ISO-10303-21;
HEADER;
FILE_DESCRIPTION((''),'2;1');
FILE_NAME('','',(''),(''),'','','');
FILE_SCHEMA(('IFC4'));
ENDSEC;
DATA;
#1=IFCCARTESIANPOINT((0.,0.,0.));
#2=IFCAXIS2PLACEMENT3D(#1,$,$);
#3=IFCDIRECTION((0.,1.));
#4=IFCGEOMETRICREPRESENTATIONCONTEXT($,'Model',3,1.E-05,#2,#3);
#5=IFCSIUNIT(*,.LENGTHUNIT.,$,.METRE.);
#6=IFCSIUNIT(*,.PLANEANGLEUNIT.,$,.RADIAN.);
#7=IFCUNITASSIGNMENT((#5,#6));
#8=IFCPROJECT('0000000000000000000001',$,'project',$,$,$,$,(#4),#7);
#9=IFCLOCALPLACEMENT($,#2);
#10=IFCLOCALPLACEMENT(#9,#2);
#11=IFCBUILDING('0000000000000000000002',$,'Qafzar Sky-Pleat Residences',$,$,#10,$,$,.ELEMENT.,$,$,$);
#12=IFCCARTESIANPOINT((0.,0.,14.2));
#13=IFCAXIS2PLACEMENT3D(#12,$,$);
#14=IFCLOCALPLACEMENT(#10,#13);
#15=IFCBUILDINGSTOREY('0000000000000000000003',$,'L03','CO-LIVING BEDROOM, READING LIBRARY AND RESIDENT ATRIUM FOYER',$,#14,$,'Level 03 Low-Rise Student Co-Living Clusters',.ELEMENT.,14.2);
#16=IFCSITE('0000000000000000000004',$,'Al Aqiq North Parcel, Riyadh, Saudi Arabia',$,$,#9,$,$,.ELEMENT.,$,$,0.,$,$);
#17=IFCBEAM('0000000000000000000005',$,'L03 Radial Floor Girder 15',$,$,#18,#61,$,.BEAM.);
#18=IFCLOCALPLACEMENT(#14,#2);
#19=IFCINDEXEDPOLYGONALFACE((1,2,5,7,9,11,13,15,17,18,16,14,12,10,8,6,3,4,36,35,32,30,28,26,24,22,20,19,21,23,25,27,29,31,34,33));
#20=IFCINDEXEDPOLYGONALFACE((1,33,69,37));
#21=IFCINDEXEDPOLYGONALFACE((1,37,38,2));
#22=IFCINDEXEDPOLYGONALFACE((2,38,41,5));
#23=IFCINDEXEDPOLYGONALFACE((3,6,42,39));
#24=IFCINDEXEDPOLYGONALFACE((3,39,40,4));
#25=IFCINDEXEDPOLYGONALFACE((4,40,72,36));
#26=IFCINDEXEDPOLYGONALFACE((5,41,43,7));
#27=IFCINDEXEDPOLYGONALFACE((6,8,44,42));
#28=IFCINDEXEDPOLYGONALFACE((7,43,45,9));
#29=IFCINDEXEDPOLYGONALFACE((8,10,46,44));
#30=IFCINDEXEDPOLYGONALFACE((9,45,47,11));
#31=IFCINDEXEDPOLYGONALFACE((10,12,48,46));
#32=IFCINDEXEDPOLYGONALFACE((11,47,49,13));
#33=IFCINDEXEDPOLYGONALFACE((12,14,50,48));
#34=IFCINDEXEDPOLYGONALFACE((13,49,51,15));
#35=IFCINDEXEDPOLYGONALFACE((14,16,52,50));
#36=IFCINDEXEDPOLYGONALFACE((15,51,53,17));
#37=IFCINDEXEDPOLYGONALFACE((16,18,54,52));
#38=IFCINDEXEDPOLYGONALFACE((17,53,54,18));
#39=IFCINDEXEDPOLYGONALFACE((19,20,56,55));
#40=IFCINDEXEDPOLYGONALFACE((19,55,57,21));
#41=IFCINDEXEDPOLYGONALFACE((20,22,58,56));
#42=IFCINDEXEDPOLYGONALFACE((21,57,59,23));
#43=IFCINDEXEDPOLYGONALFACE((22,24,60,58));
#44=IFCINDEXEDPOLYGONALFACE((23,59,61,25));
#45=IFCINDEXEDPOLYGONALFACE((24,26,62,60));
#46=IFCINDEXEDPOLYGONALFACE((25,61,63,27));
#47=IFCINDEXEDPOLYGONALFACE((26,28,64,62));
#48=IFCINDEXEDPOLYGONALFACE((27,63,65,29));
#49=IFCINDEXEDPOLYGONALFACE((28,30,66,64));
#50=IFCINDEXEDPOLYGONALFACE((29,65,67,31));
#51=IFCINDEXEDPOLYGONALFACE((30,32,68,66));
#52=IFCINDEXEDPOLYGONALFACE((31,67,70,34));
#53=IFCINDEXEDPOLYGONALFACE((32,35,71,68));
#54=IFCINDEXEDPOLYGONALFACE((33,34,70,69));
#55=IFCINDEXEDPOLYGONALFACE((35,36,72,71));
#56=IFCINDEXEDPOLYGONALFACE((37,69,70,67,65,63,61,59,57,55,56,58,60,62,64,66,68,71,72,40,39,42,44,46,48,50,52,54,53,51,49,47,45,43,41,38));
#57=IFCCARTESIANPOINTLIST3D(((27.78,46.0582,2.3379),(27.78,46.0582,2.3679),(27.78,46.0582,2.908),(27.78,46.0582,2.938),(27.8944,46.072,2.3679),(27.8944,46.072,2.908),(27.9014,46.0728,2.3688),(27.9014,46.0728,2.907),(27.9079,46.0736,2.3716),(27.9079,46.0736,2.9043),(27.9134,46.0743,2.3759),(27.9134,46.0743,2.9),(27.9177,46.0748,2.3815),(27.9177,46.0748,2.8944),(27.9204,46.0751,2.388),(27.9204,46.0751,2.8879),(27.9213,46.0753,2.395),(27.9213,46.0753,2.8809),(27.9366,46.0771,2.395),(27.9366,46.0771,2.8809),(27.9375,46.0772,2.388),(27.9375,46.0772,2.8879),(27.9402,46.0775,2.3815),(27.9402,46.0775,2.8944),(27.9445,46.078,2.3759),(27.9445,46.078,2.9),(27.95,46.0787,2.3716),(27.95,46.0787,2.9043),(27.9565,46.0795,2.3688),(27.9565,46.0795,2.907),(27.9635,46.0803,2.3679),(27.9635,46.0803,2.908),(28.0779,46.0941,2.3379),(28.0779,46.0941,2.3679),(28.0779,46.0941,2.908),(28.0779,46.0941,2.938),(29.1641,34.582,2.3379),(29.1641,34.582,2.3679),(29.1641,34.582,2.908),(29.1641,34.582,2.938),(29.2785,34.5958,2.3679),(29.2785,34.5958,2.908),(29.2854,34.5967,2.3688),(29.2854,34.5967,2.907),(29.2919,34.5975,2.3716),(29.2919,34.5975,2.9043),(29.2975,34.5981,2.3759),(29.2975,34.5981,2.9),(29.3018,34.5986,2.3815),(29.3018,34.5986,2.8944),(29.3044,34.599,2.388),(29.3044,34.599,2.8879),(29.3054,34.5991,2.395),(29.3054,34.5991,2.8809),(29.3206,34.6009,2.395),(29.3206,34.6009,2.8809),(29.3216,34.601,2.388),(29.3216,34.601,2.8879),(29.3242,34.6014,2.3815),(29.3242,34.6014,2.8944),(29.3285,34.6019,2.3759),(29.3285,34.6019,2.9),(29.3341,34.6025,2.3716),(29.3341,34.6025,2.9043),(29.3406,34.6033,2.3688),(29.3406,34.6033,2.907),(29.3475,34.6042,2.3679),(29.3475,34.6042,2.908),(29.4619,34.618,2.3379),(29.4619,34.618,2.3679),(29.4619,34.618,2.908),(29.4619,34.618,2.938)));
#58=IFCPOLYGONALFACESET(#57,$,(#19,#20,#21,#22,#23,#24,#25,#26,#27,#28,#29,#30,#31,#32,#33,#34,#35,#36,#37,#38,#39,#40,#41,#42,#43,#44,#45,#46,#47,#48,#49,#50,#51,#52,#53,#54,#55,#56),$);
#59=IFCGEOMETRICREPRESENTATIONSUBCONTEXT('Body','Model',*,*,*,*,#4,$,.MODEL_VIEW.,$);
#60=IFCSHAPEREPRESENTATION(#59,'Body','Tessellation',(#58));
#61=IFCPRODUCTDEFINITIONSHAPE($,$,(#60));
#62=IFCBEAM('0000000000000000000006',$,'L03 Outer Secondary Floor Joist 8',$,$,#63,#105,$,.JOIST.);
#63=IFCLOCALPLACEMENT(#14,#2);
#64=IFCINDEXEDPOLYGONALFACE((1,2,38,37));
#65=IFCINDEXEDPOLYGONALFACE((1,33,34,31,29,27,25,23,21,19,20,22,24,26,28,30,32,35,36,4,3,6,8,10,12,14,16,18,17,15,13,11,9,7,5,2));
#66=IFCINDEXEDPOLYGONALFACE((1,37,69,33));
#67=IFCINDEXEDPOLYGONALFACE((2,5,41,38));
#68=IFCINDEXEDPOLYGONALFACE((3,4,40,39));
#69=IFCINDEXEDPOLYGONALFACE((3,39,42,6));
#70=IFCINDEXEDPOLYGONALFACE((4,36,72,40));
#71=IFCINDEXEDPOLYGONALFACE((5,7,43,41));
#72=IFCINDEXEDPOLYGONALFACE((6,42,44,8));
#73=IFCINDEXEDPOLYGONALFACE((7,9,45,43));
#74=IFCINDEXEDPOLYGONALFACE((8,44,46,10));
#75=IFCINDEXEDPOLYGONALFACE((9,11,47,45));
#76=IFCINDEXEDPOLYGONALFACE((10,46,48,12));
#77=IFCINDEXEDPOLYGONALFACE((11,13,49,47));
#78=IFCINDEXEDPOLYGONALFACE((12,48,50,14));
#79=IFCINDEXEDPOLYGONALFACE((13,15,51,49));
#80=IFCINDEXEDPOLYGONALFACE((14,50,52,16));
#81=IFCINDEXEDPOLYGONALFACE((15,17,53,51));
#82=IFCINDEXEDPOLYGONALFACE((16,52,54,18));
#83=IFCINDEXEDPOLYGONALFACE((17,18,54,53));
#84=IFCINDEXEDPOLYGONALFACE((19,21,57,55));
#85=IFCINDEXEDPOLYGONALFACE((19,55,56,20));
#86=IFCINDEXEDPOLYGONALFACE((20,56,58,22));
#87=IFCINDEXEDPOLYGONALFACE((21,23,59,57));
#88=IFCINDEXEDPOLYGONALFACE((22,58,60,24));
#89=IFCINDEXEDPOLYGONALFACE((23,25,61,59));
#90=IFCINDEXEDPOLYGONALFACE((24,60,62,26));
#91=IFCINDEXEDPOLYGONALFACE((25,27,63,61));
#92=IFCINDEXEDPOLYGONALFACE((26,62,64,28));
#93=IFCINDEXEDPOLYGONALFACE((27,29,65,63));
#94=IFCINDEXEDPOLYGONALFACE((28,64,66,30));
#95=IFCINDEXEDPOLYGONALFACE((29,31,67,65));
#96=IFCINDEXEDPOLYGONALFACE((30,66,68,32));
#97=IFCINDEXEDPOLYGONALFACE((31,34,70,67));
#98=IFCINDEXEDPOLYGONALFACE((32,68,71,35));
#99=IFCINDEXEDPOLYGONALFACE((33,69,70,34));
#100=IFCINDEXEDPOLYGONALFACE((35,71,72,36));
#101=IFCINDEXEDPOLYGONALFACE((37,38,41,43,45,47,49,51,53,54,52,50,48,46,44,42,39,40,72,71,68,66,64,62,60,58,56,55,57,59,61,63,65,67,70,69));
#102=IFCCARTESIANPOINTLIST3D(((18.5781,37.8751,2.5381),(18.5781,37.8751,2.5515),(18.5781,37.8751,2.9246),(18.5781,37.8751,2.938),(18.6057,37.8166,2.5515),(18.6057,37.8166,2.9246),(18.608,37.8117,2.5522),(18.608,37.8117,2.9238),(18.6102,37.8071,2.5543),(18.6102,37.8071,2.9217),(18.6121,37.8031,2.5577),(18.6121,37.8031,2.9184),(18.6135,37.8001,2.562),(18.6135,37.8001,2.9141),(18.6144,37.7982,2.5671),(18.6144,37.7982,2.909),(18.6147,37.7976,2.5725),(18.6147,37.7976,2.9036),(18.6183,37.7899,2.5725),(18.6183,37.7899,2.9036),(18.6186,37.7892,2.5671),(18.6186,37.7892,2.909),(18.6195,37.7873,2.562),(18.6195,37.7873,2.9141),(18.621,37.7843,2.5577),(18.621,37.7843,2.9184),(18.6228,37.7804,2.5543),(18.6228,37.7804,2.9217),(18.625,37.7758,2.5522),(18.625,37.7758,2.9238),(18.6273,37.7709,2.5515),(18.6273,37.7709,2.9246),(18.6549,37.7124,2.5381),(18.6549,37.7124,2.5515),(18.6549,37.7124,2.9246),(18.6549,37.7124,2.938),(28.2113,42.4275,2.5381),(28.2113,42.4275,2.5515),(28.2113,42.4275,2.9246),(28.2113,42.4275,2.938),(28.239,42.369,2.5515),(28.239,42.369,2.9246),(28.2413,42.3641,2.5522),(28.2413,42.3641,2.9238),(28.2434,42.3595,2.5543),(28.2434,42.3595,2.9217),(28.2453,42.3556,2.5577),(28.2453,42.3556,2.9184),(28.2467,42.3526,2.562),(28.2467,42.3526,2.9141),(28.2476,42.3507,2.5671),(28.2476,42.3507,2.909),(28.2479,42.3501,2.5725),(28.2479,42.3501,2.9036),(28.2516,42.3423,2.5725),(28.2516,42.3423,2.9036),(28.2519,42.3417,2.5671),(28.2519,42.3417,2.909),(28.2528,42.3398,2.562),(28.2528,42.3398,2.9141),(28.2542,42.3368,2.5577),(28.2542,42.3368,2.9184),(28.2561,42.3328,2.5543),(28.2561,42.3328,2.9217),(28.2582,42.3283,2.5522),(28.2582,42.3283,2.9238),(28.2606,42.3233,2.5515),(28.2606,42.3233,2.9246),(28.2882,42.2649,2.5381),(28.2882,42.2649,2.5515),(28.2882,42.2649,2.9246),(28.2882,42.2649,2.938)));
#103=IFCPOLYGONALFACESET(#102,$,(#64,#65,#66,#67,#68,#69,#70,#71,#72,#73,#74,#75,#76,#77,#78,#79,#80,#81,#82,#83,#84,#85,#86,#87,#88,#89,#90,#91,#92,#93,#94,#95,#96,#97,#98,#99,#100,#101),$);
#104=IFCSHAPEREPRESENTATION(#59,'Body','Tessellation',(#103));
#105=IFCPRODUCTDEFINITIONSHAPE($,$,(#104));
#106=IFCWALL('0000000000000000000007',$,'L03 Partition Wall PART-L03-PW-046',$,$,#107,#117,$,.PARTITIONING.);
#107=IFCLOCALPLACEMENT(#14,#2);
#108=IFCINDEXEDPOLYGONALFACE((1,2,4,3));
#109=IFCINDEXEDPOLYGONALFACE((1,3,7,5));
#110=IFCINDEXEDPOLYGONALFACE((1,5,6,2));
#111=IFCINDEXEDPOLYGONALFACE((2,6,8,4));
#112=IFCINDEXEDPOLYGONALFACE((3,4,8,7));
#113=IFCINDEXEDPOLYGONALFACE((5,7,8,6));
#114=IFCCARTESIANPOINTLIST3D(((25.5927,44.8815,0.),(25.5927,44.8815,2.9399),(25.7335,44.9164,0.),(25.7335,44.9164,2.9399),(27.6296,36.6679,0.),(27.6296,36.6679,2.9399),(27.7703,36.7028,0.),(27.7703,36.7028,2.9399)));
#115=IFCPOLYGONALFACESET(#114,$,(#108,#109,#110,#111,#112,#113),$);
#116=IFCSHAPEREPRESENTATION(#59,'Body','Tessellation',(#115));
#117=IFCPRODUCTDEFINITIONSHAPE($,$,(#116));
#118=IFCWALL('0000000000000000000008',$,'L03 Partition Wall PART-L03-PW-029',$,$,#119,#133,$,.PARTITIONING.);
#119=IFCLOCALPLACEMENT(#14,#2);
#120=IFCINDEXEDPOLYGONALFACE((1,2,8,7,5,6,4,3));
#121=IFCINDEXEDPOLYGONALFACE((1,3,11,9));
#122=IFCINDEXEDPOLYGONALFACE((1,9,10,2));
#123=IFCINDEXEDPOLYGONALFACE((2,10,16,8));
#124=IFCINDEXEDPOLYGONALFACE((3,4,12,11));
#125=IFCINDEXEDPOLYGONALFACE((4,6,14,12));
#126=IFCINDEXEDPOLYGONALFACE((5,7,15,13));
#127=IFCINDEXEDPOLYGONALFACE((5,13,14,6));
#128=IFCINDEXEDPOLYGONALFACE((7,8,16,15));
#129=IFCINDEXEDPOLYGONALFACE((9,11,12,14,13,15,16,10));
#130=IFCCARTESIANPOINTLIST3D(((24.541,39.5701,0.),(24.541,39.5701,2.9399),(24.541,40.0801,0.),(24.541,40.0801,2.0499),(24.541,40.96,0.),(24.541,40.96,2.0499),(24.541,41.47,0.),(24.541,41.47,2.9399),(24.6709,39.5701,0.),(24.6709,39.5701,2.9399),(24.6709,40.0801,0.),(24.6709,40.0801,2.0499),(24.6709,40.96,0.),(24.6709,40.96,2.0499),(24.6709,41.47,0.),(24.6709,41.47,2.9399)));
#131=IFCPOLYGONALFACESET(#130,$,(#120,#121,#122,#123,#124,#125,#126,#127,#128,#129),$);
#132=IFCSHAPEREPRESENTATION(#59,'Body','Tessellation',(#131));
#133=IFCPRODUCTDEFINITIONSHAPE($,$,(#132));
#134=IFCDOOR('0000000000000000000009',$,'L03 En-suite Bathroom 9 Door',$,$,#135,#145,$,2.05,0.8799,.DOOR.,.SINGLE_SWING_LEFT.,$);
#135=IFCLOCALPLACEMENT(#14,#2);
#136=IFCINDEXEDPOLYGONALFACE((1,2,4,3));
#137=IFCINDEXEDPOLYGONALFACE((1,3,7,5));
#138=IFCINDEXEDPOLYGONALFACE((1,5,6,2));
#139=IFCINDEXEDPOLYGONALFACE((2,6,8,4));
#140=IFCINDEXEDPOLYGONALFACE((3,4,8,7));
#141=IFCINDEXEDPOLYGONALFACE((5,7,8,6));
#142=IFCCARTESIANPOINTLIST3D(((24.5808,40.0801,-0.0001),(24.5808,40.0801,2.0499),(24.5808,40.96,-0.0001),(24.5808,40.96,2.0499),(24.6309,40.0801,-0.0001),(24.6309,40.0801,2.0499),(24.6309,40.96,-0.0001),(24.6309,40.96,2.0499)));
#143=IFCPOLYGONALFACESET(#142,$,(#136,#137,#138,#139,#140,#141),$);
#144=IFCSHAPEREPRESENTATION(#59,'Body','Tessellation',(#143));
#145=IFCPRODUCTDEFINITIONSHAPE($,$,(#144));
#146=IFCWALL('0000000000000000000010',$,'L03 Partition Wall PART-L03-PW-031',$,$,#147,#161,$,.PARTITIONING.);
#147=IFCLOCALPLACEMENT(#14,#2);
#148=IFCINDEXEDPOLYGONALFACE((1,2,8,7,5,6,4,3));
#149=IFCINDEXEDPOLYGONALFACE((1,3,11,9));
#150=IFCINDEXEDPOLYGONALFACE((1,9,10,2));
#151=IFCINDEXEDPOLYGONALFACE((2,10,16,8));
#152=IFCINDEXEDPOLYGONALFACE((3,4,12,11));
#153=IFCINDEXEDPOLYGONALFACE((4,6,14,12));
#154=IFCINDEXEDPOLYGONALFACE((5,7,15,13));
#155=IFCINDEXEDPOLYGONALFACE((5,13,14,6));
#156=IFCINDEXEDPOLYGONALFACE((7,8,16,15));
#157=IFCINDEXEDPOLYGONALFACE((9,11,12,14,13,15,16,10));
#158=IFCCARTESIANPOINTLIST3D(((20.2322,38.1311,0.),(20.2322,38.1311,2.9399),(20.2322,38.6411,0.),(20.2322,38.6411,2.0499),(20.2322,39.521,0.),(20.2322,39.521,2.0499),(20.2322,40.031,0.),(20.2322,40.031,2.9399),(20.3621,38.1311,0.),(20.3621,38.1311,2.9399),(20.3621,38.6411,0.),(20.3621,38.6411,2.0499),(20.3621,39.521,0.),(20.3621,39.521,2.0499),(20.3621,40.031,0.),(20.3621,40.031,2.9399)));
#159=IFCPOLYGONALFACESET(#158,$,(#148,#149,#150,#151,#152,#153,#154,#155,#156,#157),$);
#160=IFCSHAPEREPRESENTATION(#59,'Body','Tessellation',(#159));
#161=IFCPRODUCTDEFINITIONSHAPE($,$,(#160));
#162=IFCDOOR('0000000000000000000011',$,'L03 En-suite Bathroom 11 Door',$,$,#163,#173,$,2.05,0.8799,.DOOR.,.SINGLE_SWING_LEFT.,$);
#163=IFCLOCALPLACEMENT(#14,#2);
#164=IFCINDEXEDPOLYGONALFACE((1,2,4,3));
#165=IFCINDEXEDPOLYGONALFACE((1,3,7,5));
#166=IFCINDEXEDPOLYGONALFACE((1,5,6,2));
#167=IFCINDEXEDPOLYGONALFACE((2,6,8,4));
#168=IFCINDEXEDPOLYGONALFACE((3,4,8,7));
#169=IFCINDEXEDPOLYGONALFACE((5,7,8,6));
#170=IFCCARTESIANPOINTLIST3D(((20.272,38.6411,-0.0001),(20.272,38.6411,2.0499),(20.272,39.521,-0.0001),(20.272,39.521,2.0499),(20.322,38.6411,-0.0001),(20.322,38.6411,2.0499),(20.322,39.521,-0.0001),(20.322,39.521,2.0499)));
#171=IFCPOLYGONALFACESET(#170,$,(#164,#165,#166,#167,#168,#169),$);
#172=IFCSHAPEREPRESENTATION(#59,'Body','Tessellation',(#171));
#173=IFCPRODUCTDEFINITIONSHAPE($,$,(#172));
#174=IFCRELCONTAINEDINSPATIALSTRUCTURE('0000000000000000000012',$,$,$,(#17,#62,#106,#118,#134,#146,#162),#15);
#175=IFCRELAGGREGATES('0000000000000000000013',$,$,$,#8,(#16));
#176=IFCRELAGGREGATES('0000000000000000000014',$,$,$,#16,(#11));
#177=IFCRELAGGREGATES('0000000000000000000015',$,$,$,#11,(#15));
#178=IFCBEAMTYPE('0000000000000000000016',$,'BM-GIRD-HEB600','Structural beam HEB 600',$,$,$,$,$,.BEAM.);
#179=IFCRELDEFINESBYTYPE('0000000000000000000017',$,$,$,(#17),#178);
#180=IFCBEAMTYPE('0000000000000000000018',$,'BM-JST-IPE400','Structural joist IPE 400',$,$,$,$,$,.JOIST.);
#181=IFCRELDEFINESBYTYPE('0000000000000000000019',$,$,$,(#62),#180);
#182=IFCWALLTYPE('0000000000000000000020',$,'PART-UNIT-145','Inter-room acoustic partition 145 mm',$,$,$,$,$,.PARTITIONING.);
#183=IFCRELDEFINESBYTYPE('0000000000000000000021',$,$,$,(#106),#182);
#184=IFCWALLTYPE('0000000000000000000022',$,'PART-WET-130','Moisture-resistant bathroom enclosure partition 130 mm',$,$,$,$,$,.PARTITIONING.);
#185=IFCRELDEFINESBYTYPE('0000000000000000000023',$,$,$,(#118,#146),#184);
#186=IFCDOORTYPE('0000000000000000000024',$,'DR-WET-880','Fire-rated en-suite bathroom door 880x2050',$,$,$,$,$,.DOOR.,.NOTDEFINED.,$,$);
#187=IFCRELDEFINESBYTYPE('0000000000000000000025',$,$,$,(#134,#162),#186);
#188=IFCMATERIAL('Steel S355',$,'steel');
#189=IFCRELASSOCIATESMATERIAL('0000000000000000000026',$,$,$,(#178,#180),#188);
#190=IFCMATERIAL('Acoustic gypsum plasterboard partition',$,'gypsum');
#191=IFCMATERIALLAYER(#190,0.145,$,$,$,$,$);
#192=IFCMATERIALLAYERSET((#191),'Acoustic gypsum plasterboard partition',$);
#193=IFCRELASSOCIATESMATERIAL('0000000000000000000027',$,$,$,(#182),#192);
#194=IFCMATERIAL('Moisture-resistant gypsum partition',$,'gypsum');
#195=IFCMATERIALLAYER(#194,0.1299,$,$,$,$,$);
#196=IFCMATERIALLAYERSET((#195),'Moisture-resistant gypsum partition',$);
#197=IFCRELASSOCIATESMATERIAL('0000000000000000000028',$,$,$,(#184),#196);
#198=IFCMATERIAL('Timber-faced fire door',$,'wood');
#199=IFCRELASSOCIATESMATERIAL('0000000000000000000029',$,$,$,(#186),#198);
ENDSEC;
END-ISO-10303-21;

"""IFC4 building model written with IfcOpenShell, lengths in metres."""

from ifc_helpers import new_model, si_unit, direction, frame, frame_2d, origin, origin_2d, place, context, subcontext, project, spatial, rectangle, i_section, extrude, source, transform, mapped, material, layer, layer_set, material_profile, profile_set, type_object, element, fill, save


model = new_model("IFC4")

# Units and contexts
model_context = context("Model", 3, precision=1e-05, world=origin(), true_north=direction((0.0, 1.0)))
body_context = subcontext(model_context, "Body", "Model", "MODEL_VIEW")
ifc_project = project(units=[si_unit("LENGTHUNIT", "METRE"), si_unit("PLANEANGLEUNIT", "RADIAN")], contexts=[model_context])

# Site, building, storey
site_placement = place(None, origin())
site = spatial("IfcSite", under=ifc_project, at=site_placement, Name="Al Aqiq North Parcel, Riyadh, Saudi Arabia", CompositionType="ELEMENT", RefElevation=0.0)
building_placement = place(site_placement, origin())
building = spatial("IfcBuilding", under=site, at=building_placement, Name="Qafzar Sky-Pleat Residences", CompositionType="ELEMENT")
storey_placement = place(building_placement, frame((0.0, 0.0, 14.2)))
storey = spatial("IfcBuildingStorey", under=building, at=storey_placement, Name="L03", Description="CO-LIVING BEDROOM, READING LIBRARY AND RESIDENT ATRIUM FOYER", LongName="Level 03 Low-Rise Student Co-Living Clusters", CompositionType="ELEMENT", Elevation=14.2)

# Beams
ifc_material_1 = material(Name="Steel S355", Category="steel")
ifc_material_profile_1 = material_profile(ifc_material_1, i_section(OverallWidth=0.3, OverallDepth=0.6001, WebThickness=0.0154, FlangeThickness=0.03, FilletRadius=0.0271, at=origin_2d()), Name="HEB 600")
ifc_profile_set_1 = profile_set([ifc_material_profile_1], Name="Steel S355")
beam_type_1 = type_object("IfcBeamType", Name="BM-GIRD-HEB600", Description="Structural beam HEB 600", PredefinedType="BEAM", material=ifc_profile_set_1)
shared_shape_1 = source(origin(), body_context, "Body", "SweptSolid", [
    extrude(i_section(OverallWidth=0.3, OverallDepth=0.6001, WebThickness=0.0154, FlangeThickness=0.03, FilletRadius=0.0271, at=origin_2d()), origin(), (0.0, 0.0, 1.0), 11.5593),
])
beam_1_placement = place(storey_placement, frame((27.929, 46.0762, 2.6379), z_axis=(0.119734, -0.992806, 0.0), x_axis=(0.992806, 0.119734, 0.0)))
element("IfcBeam", 1, at=beam_1_placement, inside=storey, type_object=beam_type_1, Name="L03 Radial Floor Girder 15", PredefinedType="BEAM", context=body_context, shape_type="MappedRepresentation", body=[
    mapped(shared_shape_1, transform((0.0, 0.0, 0.0), x_axis=(1.0, 0.0, 0.0), y_axis=(0.0, 1.0, 0.0), z_axis=(0.0, 0.0, 1.0), scale=1.0)),
])
ifc_material_profile_2 = material_profile(ifc_material_1, i_section(OverallWidth=0.1799, OverallDepth=0.3999, WebThickness=0.0085, FlangeThickness=0.0134, FilletRadius=0.021, at=origin_2d()), Name="IPE 400")
ifc_profile_set_2 = profile_set([ifc_material_profile_2], Name="Steel S355")
beam_type_2 = type_object("IfcBeamType", Name="BM-JST-IPE400", Description="Structural joist IPE 400", PredefinedType="JOIST", material=ifc_profile_set_2)
shared_shape_2 = source(origin(), body_context, "Body", "SweptSolid", [
    extrude(i_section(OverallWidth=0.1799, OverallDepth=0.3999, WebThickness=0.0085, FlangeThickness=0.0134, FilletRadius=0.021, at=origin_2d()), origin(), (0.0, 0.0, 1.0), 10.6548),
])
beam_2_placement = place(storey_placement, frame((28.2498, 42.3462, 2.738), z_axis=(-0.904124, -0.42727, 0.0), x_axis=(0.42727, -0.904124, 0.0)))
element("IfcBeam", 2, at=beam_2_placement, inside=storey, type_object=beam_type_2, Name="L03 Outer Secondary Floor Joist 8", PredefinedType="JOIST", context=body_context, shape_type="MappedRepresentation", body=[
    mapped(shared_shape_2, transform((0.0, 0.0, 0.0), x_axis=(1.0, 0.0, 0.0), y_axis=(0.0, 1.0, 0.0), z_axis=(0.0, 0.0, 1.0), scale=1.0)),
])

# Wall
ifc_material_2 = material(Name="Acoustic gypsum plasterboard partition", Category="gypsum")
ifc_layer_1 = layer(ifc_material_2, 0.145)
ifc_layer_set_1 = layer_set([ifc_layer_1], Name="Acoustic gypsum plasterboard partition")
wall_type_1 = type_object("IfcWallType", Name="PART-UNIT-145", Description="Inter-room acoustic partition 145 mm", PredefinedType="PARTITIONING", material=ifc_layer_set_1)
wall_1_placement = place(storey_placement, frame((25.6631, 44.8989, 0.0), z_axis=(0.0, 0.0, 1.0), x_axis=(0.240696, -0.970601, 0.0)))
element("IfcWall", 3, at=wall_1_placement, inside=storey, type_object=wall_type_1, Name="L03 Partition Wall PART-L03-PW-046", PredefinedType="PARTITIONING", context=body_context, shape_type="SweptSolid", body=[
    extrude(rectangle(XDim=8.4624, YDim=0.145, at=frame_2d((4.2312, 0.0))), origin(), (0.0, 0.0, 1.0), 2.9399),
])

# Walls, openings, doors
ifc_material_3 = material(Name="Moisture-resistant gypsum partition", Category="gypsum")
ifc_layer_2 = layer(ifc_material_3, 0.1299)
ifc_layer_set_2 = layer_set([ifc_layer_2], Name="Moisture-resistant gypsum partition")
wall_type_2 = type_object("IfcWallType", Name="PART-WET-130", Description="Moisture-resistant bathroom enclosure partition 130 mm", PredefinedType="PARTITIONING", material=ifc_layer_set_2)
wall_2_placement = place(storey_placement, frame((24.606, 41.47, 0.0), z_axis=(0.0, 0.0, 1.0), x_axis=(0.0, -1.0, 0.0)))
wall_2 = element("IfcWall", 4, at=wall_2_placement, inside=storey, type_object=wall_type_2, Name="L03 Partition Wall PART-L03-PW-029", PredefinedType="PARTITIONING", context=body_context, shape_type="SweptSolid", body=[
    extrude(rectangle(XDim=1.8999, YDim=0.1299, at=frame_2d((0.95, 0.0))), origin(), (0.0, 0.0, 1.0), 2.9399),
])
opening_1_placement = place(wall_2_placement, frame((0.51, 0.0, 0.0)))
opening_1 = element("IfcOpeningElement", 5, at=opening_1_placement, cuts=wall_2, PredefinedType="OPENING", context=body_context, shape_type="SweptSolid", body=[
    extrude(rectangle(XDim=0.8799, YDim=2.05, at=frame_2d((0.4399, 1.0249))), frame((0.0, 0.075, 0.0), z_axis=(0.0, -1.0, 0.0), x_axis=(1.0, 0.0, 0.0)), (0.0, 0.0, 1.0), 0.1499),
])
ifc_material_4 = material(Name="Timber-faced fire door", Category="wood")
door_type = type_object("IfcDoorType", Name="DR-WET-880", Description="Fire-rated en-suite bathroom door 880x2050", OperationType="NOTDEFINED", PredefinedType="DOOR", material=ifc_material_4)
shared_shape_3 = source(origin(), body_context, "Body", "SweptSolid", [
    extrude(rectangle(XDim=0.8799, YDim=2.05, at=frame_2d((0.4399, 1.0249))), frame((0.0, 0.0249, 0.0), z_axis=(0.0, -1.0, 0.0), x_axis=(1.0, 0.0, 0.0)), (0.0, 0.0, 1.0), 0.05),
])
door_1_placement = place(opening_1_placement, origin())
door_1 = element("IfcDoor", 6, at=door_1_placement, inside=storey, type_object=door_type, Name="L03 En-suite Bathroom 9 Door", OperationType="SINGLE_SWING_LEFT", OverallHeight=2.05, OverallWidth=0.8799, PredefinedType="DOOR", context=body_context, shape_type="MappedRepresentation", body=[
    mapped(shared_shape_3, transform((0.0, 0.0, 0.0), x_axis=(1.0, 0.0, 0.0), y_axis=(0.0, 1.0, 0.0), z_axis=(0.0, 0.0, 1.0), scale=1.0)),
])
fill(opening_1, door_1)
wall_3_placement = place(storey_placement, frame((20.2971, 40.031, 0.0), z_axis=(0.0, 0.0, 1.0), x_axis=(0.0, -1.0, 0.0)))
wall_3 = element("IfcWall", 7, at=wall_3_placement, inside=storey, type_object=wall_type_2, Name="L03 Partition Wall PART-L03-PW-031", PredefinedType="PARTITIONING", context=body_context, shape_type="SweptSolid", body=[
    extrude(rectangle(XDim=1.8999, YDim=0.1299, at=frame_2d((0.95, 0.0))), origin(), (0.0, 0.0, 1.0), 2.9399),
])
opening_2_placement = place(wall_3_placement, frame((0.51, 0.0, 0.0)))
opening_2 = element("IfcOpeningElement", 8, at=opening_2_placement, cuts=wall_3, PredefinedType="OPENING", context=body_context, shape_type="SweptSolid", body=[
    extrude(rectangle(XDim=0.8799, YDim=2.05, at=frame_2d((0.4399, 1.0249))), frame((0.0, 0.075, 0.0), z_axis=(0.0, -1.0, 0.0), x_axis=(1.0, 0.0, 0.0)), (0.0, 0.0, 1.0), 0.1499),
])
door_2_placement = place(opening_2_placement, origin())
door_2 = element("IfcDoor", 9, at=door_2_placement, inside=storey, type_object=door_type, Name="L03 En-suite Bathroom 11 Door", OperationType="SINGLE_SWING_LEFT", OverallHeight=2.05, OverallWidth=0.8799, PredefinedType="DOOR", context=body_context, shape_type="MappedRepresentation", body=[
    mapped(shared_shape_3, transform((0.0, 0.0, 0.0), x_axis=(1.0, 0.0, 0.0), y_axis=(0.0, 1.0, 0.0), z_axis=(0.0, 0.0, 1.0), scale=1.0)),
])
fill(opening_2, door_2)

save(model, "model.ifc")
